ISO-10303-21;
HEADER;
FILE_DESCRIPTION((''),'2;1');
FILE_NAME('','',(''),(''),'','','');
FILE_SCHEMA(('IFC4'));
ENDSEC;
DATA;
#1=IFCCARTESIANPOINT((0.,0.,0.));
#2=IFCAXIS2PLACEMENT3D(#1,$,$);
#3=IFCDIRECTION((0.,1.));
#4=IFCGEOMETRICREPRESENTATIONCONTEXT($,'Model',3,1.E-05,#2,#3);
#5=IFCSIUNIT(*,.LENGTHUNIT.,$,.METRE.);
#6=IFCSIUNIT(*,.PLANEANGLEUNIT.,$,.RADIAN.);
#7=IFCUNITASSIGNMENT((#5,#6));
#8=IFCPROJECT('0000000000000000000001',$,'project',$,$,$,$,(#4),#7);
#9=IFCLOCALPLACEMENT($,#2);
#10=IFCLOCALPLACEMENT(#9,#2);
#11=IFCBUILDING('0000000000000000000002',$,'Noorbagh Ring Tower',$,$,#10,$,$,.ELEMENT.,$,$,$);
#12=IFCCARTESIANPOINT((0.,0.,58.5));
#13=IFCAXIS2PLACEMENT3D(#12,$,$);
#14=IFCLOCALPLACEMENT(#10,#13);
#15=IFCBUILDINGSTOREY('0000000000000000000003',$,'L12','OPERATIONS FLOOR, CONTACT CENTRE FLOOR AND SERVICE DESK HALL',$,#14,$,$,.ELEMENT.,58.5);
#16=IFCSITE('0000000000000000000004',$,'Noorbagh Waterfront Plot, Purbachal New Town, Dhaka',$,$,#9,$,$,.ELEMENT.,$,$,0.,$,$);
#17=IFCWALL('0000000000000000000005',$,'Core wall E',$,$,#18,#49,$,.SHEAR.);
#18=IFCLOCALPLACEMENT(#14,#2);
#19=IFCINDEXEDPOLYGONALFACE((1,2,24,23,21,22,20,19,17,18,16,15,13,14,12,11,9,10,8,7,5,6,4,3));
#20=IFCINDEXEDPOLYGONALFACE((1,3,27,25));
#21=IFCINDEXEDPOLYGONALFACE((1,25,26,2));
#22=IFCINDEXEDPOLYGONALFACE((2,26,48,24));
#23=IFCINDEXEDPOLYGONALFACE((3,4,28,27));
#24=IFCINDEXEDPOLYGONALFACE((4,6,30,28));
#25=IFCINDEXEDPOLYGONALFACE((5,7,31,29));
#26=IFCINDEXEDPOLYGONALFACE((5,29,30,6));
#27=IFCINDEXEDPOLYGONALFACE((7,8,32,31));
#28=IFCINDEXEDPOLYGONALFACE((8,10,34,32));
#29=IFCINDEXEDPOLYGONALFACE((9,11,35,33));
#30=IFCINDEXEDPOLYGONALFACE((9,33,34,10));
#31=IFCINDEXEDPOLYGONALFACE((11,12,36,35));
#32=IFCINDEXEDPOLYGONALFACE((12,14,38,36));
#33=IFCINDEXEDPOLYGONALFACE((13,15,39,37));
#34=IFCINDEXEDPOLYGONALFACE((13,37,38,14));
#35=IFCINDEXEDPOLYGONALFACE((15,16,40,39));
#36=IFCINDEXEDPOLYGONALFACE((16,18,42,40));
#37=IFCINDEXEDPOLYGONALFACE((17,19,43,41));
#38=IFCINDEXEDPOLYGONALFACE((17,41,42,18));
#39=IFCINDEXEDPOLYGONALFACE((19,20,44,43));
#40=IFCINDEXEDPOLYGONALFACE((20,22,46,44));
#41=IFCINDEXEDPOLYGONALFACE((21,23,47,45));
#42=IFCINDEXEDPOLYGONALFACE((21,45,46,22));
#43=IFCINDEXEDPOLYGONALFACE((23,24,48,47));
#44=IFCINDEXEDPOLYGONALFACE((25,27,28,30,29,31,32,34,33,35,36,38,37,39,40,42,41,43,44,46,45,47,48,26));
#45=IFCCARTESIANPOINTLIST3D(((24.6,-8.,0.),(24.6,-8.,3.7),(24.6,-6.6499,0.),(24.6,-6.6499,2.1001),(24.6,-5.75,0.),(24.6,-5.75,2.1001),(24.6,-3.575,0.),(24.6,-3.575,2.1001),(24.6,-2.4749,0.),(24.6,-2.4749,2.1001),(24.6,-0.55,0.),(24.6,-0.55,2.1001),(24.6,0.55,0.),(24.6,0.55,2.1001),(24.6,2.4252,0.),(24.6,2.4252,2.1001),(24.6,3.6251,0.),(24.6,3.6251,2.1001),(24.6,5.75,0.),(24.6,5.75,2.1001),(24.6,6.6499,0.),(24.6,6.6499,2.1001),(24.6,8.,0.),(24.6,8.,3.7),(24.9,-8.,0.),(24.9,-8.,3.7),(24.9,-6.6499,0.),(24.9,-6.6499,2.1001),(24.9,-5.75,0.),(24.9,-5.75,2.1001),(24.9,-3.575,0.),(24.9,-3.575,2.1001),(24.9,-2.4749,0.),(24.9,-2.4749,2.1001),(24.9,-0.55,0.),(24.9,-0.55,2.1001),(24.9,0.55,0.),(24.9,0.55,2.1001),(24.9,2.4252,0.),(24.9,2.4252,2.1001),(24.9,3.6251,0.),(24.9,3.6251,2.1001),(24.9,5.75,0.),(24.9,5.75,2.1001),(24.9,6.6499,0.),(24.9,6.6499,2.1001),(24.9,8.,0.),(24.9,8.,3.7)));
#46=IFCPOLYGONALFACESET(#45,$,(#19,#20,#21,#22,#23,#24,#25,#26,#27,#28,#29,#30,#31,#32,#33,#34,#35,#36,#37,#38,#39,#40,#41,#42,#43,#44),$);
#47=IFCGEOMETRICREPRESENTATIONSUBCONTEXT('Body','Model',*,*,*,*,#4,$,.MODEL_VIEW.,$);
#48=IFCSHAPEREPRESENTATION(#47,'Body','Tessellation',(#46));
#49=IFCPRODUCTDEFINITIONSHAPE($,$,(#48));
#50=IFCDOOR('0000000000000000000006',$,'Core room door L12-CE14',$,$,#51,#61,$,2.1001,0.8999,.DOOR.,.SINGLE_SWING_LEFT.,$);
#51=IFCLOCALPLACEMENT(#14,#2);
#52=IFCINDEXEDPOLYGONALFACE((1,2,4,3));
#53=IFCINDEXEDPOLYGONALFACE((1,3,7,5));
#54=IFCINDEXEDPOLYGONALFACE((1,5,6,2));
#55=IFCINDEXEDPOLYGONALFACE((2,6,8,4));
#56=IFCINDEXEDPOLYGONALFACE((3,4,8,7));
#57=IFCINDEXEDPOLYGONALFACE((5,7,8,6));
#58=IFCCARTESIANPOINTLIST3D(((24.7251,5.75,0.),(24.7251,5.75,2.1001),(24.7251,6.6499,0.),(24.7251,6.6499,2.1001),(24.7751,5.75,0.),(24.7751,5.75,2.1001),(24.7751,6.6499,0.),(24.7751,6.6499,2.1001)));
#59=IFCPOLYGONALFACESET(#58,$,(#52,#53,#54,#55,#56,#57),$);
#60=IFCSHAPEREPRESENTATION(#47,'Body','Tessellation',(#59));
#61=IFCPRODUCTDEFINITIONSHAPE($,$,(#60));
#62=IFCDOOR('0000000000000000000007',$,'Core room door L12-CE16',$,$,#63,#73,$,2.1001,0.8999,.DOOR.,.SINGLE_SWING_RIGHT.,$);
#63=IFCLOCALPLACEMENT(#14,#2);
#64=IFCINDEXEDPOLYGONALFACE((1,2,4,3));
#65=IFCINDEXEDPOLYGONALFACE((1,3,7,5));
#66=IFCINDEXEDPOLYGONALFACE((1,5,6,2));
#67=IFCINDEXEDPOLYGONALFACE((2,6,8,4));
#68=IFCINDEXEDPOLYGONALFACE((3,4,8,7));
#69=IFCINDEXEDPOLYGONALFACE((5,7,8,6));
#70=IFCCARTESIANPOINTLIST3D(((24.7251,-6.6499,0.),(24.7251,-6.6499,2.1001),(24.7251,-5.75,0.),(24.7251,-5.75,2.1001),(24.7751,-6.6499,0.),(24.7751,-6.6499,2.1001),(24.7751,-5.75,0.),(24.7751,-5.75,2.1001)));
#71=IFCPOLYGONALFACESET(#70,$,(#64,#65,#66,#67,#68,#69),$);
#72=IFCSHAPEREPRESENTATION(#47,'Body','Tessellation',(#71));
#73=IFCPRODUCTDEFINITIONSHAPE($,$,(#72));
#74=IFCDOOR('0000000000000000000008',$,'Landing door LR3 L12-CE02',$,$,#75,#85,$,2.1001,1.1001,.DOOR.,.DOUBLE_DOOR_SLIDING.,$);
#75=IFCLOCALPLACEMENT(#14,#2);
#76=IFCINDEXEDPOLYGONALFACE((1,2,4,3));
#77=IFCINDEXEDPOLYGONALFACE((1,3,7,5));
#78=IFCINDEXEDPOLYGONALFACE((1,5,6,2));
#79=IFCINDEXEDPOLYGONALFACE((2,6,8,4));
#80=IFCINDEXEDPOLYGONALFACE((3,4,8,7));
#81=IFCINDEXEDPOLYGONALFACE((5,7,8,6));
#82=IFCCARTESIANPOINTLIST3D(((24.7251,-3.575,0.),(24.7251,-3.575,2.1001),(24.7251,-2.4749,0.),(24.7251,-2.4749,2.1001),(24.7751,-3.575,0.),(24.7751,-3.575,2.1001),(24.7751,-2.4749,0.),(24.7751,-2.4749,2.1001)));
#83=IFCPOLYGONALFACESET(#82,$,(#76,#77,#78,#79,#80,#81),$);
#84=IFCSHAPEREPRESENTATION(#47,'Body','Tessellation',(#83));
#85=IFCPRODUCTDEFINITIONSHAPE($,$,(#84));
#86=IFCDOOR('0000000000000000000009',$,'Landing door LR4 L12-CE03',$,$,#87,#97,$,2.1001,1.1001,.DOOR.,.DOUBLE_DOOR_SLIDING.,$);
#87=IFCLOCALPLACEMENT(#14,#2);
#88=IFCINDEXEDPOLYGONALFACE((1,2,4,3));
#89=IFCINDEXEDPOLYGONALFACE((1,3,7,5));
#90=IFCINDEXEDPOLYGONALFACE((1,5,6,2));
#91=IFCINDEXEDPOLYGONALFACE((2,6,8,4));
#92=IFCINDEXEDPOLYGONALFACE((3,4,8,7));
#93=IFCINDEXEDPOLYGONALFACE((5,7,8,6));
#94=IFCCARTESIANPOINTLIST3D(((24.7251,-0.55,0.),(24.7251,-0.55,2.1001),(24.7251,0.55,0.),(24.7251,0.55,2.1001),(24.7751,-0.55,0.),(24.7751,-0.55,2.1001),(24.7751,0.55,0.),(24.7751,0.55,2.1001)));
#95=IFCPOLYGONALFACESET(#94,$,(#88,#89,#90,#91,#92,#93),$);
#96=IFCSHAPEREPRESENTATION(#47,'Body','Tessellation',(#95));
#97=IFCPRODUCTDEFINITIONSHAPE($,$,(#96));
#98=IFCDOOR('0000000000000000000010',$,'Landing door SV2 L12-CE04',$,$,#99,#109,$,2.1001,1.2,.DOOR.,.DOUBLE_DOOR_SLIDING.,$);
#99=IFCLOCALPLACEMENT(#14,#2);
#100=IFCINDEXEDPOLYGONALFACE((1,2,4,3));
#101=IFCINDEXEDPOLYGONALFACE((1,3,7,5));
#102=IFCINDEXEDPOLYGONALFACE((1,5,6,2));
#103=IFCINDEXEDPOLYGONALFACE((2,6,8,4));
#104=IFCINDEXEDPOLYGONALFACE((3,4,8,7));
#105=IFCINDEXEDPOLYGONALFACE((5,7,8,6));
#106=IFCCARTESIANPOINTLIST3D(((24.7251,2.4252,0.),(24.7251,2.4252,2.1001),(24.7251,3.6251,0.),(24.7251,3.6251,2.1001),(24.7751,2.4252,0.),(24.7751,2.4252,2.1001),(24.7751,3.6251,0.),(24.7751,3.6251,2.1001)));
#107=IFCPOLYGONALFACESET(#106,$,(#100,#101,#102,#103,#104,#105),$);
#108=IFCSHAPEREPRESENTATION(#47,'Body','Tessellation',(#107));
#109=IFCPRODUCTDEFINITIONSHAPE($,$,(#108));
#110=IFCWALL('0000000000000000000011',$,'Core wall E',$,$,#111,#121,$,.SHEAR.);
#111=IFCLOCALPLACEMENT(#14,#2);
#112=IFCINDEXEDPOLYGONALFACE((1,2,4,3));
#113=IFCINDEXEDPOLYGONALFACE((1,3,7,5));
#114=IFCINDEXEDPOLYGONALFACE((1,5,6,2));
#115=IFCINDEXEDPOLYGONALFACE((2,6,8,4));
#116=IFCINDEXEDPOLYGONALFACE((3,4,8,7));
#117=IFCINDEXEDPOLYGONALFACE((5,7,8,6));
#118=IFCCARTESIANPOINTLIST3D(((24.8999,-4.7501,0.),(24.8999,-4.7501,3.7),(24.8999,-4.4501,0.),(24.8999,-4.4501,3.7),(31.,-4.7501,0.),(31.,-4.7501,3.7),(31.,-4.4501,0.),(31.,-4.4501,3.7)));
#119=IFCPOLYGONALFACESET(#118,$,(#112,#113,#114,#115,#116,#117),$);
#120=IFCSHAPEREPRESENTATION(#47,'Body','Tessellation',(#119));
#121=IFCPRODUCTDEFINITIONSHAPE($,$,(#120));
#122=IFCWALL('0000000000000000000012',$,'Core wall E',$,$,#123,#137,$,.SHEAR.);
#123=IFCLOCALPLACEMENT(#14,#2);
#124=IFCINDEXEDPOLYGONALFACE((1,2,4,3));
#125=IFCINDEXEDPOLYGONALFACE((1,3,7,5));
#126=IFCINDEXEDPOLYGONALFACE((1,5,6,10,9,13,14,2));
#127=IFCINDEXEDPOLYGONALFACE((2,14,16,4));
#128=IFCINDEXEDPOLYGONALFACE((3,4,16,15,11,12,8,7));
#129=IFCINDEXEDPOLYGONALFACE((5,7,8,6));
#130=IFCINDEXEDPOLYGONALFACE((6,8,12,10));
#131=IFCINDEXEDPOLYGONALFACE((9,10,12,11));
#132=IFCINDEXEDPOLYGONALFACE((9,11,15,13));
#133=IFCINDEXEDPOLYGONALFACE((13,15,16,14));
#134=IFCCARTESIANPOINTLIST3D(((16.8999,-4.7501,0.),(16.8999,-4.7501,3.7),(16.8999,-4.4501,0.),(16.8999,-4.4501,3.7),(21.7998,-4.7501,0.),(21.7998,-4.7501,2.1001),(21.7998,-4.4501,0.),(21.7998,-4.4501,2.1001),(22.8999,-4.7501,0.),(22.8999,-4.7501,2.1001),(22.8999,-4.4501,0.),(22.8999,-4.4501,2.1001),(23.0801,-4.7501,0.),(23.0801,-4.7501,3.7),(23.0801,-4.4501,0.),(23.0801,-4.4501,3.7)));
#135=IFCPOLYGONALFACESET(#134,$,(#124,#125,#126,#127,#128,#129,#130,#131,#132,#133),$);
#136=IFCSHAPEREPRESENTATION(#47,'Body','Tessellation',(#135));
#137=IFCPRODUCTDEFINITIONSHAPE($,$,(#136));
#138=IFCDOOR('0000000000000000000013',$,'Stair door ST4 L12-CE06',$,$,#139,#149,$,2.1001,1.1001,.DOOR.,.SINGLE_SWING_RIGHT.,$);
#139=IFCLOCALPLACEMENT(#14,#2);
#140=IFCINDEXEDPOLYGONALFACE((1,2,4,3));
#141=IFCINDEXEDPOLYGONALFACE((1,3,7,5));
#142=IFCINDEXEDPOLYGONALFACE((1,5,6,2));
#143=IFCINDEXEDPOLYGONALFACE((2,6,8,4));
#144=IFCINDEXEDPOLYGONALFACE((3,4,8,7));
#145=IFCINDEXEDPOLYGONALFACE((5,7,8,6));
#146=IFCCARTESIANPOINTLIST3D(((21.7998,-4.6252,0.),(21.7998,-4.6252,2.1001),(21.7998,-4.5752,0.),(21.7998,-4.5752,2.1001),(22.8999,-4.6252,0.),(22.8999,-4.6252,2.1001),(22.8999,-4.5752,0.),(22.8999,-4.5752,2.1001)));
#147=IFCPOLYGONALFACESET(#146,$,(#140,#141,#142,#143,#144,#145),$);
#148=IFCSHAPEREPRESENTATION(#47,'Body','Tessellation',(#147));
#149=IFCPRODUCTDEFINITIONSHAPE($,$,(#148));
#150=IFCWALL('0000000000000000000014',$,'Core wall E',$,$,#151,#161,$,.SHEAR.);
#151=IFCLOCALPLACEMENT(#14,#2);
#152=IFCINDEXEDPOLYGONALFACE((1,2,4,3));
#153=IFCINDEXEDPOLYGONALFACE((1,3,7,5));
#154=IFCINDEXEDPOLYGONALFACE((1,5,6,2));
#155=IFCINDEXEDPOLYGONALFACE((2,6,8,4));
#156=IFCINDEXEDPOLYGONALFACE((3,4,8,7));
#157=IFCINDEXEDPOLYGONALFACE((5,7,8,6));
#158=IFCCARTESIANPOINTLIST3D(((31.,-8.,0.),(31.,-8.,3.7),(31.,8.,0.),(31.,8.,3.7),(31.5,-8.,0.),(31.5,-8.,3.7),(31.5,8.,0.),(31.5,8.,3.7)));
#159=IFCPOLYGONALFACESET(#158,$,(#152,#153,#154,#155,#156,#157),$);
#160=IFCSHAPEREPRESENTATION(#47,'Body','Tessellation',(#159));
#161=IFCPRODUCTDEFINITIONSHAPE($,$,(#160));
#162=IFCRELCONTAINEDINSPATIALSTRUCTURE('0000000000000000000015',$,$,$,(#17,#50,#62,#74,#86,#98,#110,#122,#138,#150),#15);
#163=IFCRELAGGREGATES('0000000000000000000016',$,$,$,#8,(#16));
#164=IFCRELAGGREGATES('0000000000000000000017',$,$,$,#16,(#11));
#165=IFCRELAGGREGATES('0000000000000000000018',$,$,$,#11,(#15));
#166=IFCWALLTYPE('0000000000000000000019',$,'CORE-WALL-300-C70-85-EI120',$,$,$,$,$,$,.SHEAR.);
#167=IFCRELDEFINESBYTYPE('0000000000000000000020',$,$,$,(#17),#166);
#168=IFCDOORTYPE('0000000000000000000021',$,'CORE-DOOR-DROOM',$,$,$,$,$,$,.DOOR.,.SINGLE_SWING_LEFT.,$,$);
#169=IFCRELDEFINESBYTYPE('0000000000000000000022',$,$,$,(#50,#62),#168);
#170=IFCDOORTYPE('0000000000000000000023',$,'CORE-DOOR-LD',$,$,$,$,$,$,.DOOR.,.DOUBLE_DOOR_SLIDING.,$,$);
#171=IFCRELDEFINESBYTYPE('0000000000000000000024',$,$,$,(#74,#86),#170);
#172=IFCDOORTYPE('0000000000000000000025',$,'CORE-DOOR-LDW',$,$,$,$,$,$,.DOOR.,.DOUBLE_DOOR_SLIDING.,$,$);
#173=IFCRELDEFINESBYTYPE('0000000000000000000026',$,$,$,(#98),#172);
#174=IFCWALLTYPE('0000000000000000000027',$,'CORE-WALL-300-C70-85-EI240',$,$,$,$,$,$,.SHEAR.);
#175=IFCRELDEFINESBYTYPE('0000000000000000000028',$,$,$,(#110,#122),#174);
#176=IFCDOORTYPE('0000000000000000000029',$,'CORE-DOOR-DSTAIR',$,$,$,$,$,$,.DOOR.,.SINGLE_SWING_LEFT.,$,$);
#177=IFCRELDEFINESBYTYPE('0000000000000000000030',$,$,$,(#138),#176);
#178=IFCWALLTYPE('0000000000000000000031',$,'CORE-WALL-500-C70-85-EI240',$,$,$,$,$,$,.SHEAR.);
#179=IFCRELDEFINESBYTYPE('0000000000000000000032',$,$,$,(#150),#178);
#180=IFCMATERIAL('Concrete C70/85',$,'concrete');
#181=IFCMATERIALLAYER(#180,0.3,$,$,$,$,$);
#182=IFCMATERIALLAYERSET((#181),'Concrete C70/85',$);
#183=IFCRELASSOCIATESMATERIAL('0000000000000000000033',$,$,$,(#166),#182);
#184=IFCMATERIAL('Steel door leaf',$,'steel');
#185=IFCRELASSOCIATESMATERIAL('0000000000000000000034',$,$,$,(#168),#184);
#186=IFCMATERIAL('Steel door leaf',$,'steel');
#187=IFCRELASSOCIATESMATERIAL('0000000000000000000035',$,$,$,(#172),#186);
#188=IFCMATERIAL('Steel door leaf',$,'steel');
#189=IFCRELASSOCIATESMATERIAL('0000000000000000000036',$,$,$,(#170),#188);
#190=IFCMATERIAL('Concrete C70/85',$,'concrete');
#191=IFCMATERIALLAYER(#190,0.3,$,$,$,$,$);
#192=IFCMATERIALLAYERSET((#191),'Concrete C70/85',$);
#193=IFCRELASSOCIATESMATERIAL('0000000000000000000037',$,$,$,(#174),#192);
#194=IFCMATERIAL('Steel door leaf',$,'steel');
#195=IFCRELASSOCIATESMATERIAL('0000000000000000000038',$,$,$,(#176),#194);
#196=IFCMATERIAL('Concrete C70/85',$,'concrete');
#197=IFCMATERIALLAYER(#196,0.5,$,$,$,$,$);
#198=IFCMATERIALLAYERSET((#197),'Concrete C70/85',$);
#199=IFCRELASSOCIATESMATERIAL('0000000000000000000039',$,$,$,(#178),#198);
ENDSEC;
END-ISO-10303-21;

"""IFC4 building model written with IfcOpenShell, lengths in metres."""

from ifc_helpers import new_model, si_unit, direction, frame, frame_2d, origin, place, context, subcontext, project, spatial, rectangle, extrude, material, layer, layer_set, type_object, element, fill, save


model = new_model("IFC4")

# Units and contexts
model_context = context("Model", 3, precision=1e-05, world=origin(), true_north=direction((0.0, 1.0)))
body_context = subcontext(model_context, "Body", "Model", "MODEL_VIEW")
ifc_project = project(units=[si_unit("LENGTHUNIT", "METRE"), si_unit("PLANEANGLEUNIT", "RADIAN")], contexts=[model_context])

# Site, building, storey
site_placement = place(None, origin())
site = spatial("IfcSite", under=ifc_project, at=site_placement, Name="Noorbagh Waterfront Plot, Purbachal New Town, Dhaka", CompositionType="ELEMENT", RefElevation=0.0)
building_placement = place(site_placement, origin())
building = spatial("IfcBuilding", under=site, at=building_placement, Name="Noorbagh Ring Tower", CompositionType="ELEMENT")
storey_placement = place(building_placement, frame((0.0, 0.0, 58.5)))
storey = spatial("IfcBuildingStorey", under=building, at=storey_placement, Name="L12", Description="OPERATIONS FLOOR, CONTACT CENTRE FLOOR AND SERVICE DESK HALL", CompositionType="ELEMENT", Elevation=58.5)

# Shared definitions
ifc_material_1 = material(Name="Concrete C70/85", Category="concrete")
ifc_layer_1 = layer(ifc_material_1, 0.3)
ifc_layer_set_1 = layer_set([ifc_layer_1], Name="Concrete C70/85")
wall_type_1 = type_object("IfcWallType", Name="CORE-WALL-300-C70-85-EI120", PredefinedType="SHEAR", material=ifc_layer_set_1)

# Wall, openings, doors
ifc_material_2 = material(Name="Steel door leaf", Category="steel")
door_type_1 = type_object("IfcDoorType", Name="CORE-DOOR-DROOM", OperationType="SINGLE_SWING_LEFT", PredefinedType="DOOR", material=ifc_material_2)
ifc_material_3 = material(Name="Steel door leaf", Category="steel")
door_type_2 = type_object("IfcDoorType", Name="CORE-DOOR-LDW", OperationType="DOUBLE_DOOR_SLIDING", PredefinedType="DOOR", material=ifc_material_3)
wall_1_placement = place(storey_placement, frame((24.75, -8.0, 0.0), z_axis=(0.0, 0.0, 1.0), x_axis=(0.0, 1.0, 0.0)))
wall_1 = element("IfcWall", 1, at=wall_1_placement, inside=storey, type_object=wall_type_1, Name="Core wall E", PredefinedType="SHEAR", context=body_context, shape_type="SweptSolid", body=[
    extrude(rectangle(XDim=16.0, YDim=0.3, at=frame_2d((8.0, 0.0))), origin(), (0.0, 0.0, 1.0), 3.7),
])
opening_1_placement = place(wall_1_placement, frame((4.425, 0.0, 0.0)))
opening_1 = element("IfcOpeningElement", 2, at=opening_1_placement, cuts=wall_1, PredefinedType="OPENING", context=body_context, shape_type="SweptSolid", body=[
    extrude(rectangle(XDim=1.1001, YDim=2.1001, at=frame_2d((0.55, 1.05))), frame((0.0, 0.1602, 0.0), z_axis=(0.0, -1.0, 0.0), x_axis=(1.0, 0.0, 0.0)), (0.0, 0.0, 1.0), 0.3201),
])
opening_2_placement = place(wall_1_placement, frame((7.45, 0.0, 0.0)))
opening_2 = element("IfcOpeningElement", 3, at=opening_2_placement, cuts=wall_1, PredefinedType="OPENING", context=body_context, shape_type="SweptSolid", body=[
    extrude(rectangle(XDim=1.1001, YDim=2.1001, at=frame_2d((0.55, 1.05))), frame((0.0, 0.1602, 0.0), z_axis=(0.0, -1.0, 0.0), x_axis=(1.0, 0.0, 0.0)), (0.0, 0.0, 1.0), 0.3201),
])
opening_3_placement = place(wall_1_placement, frame((10.425, 0.0, 0.0)))
opening_3 = element("IfcOpeningElement", 4, at=opening_3_placement, cuts=wall_1, PredefinedType="OPENING", context=body_context, shape_type="SweptSolid", body=[
    extrude(rectangle(XDim=1.2, YDim=2.1001, at=frame_2d((0.6001, 1.05))), frame((0.0, 0.1602, 0.0), z_axis=(0.0, -1.0, 0.0), x_axis=(1.0, 0.0, 0.0)), (0.0, 0.0, 1.0), 0.3201),
])
opening_4_placement = place(wall_1_placement, frame((13.75, 0.0, 0.0)))
opening_4 = element("IfcOpeningElement", 5, at=opening_4_placement, cuts=wall_1, PredefinedType="OPENING", context=body_context, shape_type="SweptSolid", body=[
    extrude(rectangle(XDim=0.8999, YDim=2.1001, at=frame_2d((0.45, 1.05))), frame((0.0, 0.1602, 0.0), z_axis=(0.0, -1.0, 0.0), x_axis=(1.0, 0.0, 0.0)), (0.0, 0.0, 1.0), 0.3201),
])
opening_5_placement = place(wall_1_placement, frame((1.3501, 0.0, 0.0)))
opening_5 = element("IfcOpeningElement", 6, at=opening_5_placement, cuts=wall_1, PredefinedType="OPENING", context=body_context, shape_type="SweptSolid", body=[
    extrude(rectangle(XDim=0.8999, YDim=2.1001, at=frame_2d((0.45, 1.05))), frame((0.0, 0.1602, 0.0), z_axis=(0.0, -1.0, 0.0), x_axis=(1.0, 0.0, 0.0)), (0.0, 0.0, 1.0), 0.3201),
])
door_1_placement = place(opening_4_placement, origin())
door_1 = element("IfcDoor", 7, at=door_1_placement, inside=storey, type_object=door_type_1, Name="Core room door L12-CE14", OperationType="SINGLE_SWING_LEFT", OverallHeight=2.1001, OverallWidth=0.8999, PredefinedType="DOOR", context=body_context, shape_type="SweptSolid", body=[
    extrude(rectangle(XDim=0.8999, YDim=2.1001, at=frame_2d((0.45, 1.05))), frame((0.0, 0.0249, 0.0), z_axis=(0.0, -1.0, 0.0), x_axis=(1.0, 0.0, 0.0)), (0.0, 0.0, 1.0), 0.05),
])
fill(opening_4, door_1)
door_2_placement = place(opening_5_placement, origin())
door_2 = element("IfcDoor", 8, at=door_2_placement, inside=storey, type_object=door_type_1, Name="Core room door L12-CE16", OperationType="SINGLE_SWING_RIGHT", OverallHeight=2.1001, OverallWidth=0.8999, PredefinedType="DOOR", context=body_context, shape_type="SweptSolid", body=[
    extrude(rectangle(XDim=0.8999, YDim=2.1001, at=frame_2d((0.45, 1.05))), frame((0.0, 0.0249, 0.0), z_axis=(0.0, -1.0, 0.0), x_axis=(1.0, 0.0, 0.0)), (0.0, 0.0, 1.0), 0.05),
])
fill(opening_5, door_2)
ifc_material_4 = material(Name="Steel door leaf", Category="steel")
door_type_3 = type_object("IfcDoorType", Name="CORE-DOOR-LD", OperationType="DOUBLE_DOOR_SLIDING", PredefinedType="DOOR", material=ifc_material_4)
door_3_placement = place(opening_1_placement, origin())
door_3 = element("IfcDoor", 9, at=door_3_placement, inside=storey, type_object=door_type_3, Name="Landing door LR3 L12-CE02", OperationType="DOUBLE_DOOR_SLIDING", OverallHeight=2.1001, OverallWidth=1.1001, PredefinedType="DOOR", context=body_context, shape_type="SweptSolid", body=[
    extrude(rectangle(XDim=1.1001, YDim=2.1001, at=frame_2d((0.55, 1.05))), frame((0.0, 0.0249, 0.0), z_axis=(0.0, -1.0, 0.0), x_axis=(1.0, 0.0, 0.0)), (0.0, 0.0, 1.0), 0.05),
])
fill(opening_1, door_3)
door_4_placement = place(opening_2_placement, origin())
door_4 = element("IfcDoor", 10, at=door_4_placement, inside=storey, type_object=door_type_3, Name="Landing door LR4 L12-CE03", OperationType="DOUBLE_DOOR_SLIDING", OverallHeight=2.1001, OverallWidth=1.1001, PredefinedType="DOOR", context=body_context, shape_type="SweptSolid", body=[
    extrude(rectangle(XDim=1.1001, YDim=2.1001, at=frame_2d((0.55, 1.05))), frame((0.0, 0.0249, 0.0), z_axis=(0.0, -1.0, 0.0), x_axis=(1.0, 0.0, 0.0)), (0.0, 0.0, 1.0), 0.05),
])
fill(opening_2, door_4)
door_5_placement = place(opening_3_placement, origin())
door_5 = element("IfcDoor", 11, at=door_5_placement, inside=storey, type_object=door_type_2, Name="Landing door SV2 L12-CE04", OperationType="DOUBLE_DOOR_SLIDING", OverallHeight=2.1001, OverallWidth=1.2, PredefinedType="DOOR", context=body_context, shape_type="SweptSolid", body=[
    extrude(rectangle(XDim=1.2, YDim=2.1001, at=frame_2d((0.6001, 1.05))), frame((0.0, 0.0249, 0.0), z_axis=(0.0, -1.0, 0.0), x_axis=(1.0, 0.0, 0.0)), (0.0, 0.0, 1.0), 0.05),
])
fill(opening_3, door_5)

# Wall
ifc_material_5 = material(Name="Concrete C70/85", Category="concrete")
ifc_layer_2 = layer(ifc_material_5, 0.3)
ifc_layer_set_2 = layer_set([ifc_layer_2], Name="Concrete C70/85")
wall_type_2 = type_object("IfcWallType", Name="CORE-WALL-300-C70-85-EI240", PredefinedType="SHEAR", material=ifc_layer_set_2)
wall_2_placement = place(storey_placement, frame((24.8999, -4.6001, 0.0), z_axis=(0.0, 0.0, 1.0), x_axis=(1.0, 0.0, 0.0)))
element("IfcWall", 12, at=wall_2_placement, inside=storey, type_object=wall_type_2, Name="Core wall E", PredefinedType="SHEAR", context=body_context, shape_type="SweptSolid", body=[
    extrude(rectangle(XDim=6.1001, YDim=0.3, at=frame_2d((3.05, 0.0))), origin(), (0.0, 0.0, 1.0), 3.7),
])

# Wall, opening, door
wall_3_placement = place(storey_placement, frame((16.8999, -4.6001, 0.0), z_axis=(0.0, 0.0, 1.0), x_axis=(1.0, 0.0, 0.0)))
wall_3 = element("IfcWall", 13, at=wall_3_placement, inside=storey, type_object=wall_type_2, Name="Core wall E", PredefinedType="SHEAR", context=body_context, shape_type="SweptSolid", body=[
    extrude(rectangle(XDim=6.1802, YDim=0.3, at=frame_2d((3.0901, 0.0))), origin(), (0.0, 0.0, 1.0), 3.7),
])
opening_6_placement = place(wall_3_placement, frame((4.8999, 0.0, 0.0)))
opening_6 = element("IfcOpeningElement", 14, at=opening_6_placement, cuts=wall_3, PredefinedType="OPENING", context=body_context, shape_type="SweptSolid", body=[
    extrude(rectangle(XDim=1.1001, YDim=2.1001, at=frame_2d((0.55, 1.05))), frame((0.0, 0.1602, 0.0), z_axis=(0.0, -1.0, 0.0), x_axis=(1.0, 0.0, 0.0)), (0.0, 0.0, 1.0), 0.3201),
])
ifc_material_6 = material(Name="Steel door leaf", Category="steel")
door_type_4 = type_object("IfcDoorType", Name="CORE-DOOR-DSTAIR", OperationType="SINGLE_SWING_LEFT", PredefinedType="DOOR", material=ifc_material_6)
door_6_placement = place(opening_6_placement, origin())
door_6 = element("IfcDoor", 15, at=door_6_placement, inside=storey, type_object=door_type_4, Name="Stair door ST4 L12-CE06", OperationType="SINGLE_SWING_RIGHT", OverallHeight=2.1001, OverallWidth=1.1001, PredefinedType="DOOR", context=body_context, shape_type="SweptSolid", body=[
    extrude(rectangle(XDim=1.1001, YDim=2.1001, at=frame_2d((0.55, 1.05))), frame((0.0, 0.0249, 0.0), z_axis=(0.0, -1.0, 0.0), x_axis=(1.0, 0.0, 0.0)), (0.0, 0.0, 1.0), 0.05),
])
fill(opening_6, door_6)

# Wall
ifc_material_7 = material(Name="Concrete C70/85", Category="concrete")
ifc_layer_3 = layer(ifc_material_7, 0.5)
ifc_layer_set_3 = layer_set([ifc_layer_3], Name="Concrete C70/85")
wall_type_3 = type_object("IfcWallType", Name="CORE-WALL-500-C70-85-EI240", PredefinedType="SHEAR", material=ifc_layer_set_3)
wall_4_placement = place(storey_placement, frame((31.25, -8.0, 0.0), z_axis=(0.0, 0.0, 1.0), x_axis=(0.0, 1.0, 0.0)))
element("IfcWall", 16, at=wall_4_placement, inside=storey, type_object=wall_type_3, Name="Core wall E", PredefinedType="SHEAR", context=body_context, shape_type="SweptSolid", body=[
    extrude(rectangle(XDim=16.0, YDim=0.5, at=frame_2d((8.0, 0.0))), origin(), (0.0, 0.0, 1.0), 3.7),
])

save(model, "model.ifc")
